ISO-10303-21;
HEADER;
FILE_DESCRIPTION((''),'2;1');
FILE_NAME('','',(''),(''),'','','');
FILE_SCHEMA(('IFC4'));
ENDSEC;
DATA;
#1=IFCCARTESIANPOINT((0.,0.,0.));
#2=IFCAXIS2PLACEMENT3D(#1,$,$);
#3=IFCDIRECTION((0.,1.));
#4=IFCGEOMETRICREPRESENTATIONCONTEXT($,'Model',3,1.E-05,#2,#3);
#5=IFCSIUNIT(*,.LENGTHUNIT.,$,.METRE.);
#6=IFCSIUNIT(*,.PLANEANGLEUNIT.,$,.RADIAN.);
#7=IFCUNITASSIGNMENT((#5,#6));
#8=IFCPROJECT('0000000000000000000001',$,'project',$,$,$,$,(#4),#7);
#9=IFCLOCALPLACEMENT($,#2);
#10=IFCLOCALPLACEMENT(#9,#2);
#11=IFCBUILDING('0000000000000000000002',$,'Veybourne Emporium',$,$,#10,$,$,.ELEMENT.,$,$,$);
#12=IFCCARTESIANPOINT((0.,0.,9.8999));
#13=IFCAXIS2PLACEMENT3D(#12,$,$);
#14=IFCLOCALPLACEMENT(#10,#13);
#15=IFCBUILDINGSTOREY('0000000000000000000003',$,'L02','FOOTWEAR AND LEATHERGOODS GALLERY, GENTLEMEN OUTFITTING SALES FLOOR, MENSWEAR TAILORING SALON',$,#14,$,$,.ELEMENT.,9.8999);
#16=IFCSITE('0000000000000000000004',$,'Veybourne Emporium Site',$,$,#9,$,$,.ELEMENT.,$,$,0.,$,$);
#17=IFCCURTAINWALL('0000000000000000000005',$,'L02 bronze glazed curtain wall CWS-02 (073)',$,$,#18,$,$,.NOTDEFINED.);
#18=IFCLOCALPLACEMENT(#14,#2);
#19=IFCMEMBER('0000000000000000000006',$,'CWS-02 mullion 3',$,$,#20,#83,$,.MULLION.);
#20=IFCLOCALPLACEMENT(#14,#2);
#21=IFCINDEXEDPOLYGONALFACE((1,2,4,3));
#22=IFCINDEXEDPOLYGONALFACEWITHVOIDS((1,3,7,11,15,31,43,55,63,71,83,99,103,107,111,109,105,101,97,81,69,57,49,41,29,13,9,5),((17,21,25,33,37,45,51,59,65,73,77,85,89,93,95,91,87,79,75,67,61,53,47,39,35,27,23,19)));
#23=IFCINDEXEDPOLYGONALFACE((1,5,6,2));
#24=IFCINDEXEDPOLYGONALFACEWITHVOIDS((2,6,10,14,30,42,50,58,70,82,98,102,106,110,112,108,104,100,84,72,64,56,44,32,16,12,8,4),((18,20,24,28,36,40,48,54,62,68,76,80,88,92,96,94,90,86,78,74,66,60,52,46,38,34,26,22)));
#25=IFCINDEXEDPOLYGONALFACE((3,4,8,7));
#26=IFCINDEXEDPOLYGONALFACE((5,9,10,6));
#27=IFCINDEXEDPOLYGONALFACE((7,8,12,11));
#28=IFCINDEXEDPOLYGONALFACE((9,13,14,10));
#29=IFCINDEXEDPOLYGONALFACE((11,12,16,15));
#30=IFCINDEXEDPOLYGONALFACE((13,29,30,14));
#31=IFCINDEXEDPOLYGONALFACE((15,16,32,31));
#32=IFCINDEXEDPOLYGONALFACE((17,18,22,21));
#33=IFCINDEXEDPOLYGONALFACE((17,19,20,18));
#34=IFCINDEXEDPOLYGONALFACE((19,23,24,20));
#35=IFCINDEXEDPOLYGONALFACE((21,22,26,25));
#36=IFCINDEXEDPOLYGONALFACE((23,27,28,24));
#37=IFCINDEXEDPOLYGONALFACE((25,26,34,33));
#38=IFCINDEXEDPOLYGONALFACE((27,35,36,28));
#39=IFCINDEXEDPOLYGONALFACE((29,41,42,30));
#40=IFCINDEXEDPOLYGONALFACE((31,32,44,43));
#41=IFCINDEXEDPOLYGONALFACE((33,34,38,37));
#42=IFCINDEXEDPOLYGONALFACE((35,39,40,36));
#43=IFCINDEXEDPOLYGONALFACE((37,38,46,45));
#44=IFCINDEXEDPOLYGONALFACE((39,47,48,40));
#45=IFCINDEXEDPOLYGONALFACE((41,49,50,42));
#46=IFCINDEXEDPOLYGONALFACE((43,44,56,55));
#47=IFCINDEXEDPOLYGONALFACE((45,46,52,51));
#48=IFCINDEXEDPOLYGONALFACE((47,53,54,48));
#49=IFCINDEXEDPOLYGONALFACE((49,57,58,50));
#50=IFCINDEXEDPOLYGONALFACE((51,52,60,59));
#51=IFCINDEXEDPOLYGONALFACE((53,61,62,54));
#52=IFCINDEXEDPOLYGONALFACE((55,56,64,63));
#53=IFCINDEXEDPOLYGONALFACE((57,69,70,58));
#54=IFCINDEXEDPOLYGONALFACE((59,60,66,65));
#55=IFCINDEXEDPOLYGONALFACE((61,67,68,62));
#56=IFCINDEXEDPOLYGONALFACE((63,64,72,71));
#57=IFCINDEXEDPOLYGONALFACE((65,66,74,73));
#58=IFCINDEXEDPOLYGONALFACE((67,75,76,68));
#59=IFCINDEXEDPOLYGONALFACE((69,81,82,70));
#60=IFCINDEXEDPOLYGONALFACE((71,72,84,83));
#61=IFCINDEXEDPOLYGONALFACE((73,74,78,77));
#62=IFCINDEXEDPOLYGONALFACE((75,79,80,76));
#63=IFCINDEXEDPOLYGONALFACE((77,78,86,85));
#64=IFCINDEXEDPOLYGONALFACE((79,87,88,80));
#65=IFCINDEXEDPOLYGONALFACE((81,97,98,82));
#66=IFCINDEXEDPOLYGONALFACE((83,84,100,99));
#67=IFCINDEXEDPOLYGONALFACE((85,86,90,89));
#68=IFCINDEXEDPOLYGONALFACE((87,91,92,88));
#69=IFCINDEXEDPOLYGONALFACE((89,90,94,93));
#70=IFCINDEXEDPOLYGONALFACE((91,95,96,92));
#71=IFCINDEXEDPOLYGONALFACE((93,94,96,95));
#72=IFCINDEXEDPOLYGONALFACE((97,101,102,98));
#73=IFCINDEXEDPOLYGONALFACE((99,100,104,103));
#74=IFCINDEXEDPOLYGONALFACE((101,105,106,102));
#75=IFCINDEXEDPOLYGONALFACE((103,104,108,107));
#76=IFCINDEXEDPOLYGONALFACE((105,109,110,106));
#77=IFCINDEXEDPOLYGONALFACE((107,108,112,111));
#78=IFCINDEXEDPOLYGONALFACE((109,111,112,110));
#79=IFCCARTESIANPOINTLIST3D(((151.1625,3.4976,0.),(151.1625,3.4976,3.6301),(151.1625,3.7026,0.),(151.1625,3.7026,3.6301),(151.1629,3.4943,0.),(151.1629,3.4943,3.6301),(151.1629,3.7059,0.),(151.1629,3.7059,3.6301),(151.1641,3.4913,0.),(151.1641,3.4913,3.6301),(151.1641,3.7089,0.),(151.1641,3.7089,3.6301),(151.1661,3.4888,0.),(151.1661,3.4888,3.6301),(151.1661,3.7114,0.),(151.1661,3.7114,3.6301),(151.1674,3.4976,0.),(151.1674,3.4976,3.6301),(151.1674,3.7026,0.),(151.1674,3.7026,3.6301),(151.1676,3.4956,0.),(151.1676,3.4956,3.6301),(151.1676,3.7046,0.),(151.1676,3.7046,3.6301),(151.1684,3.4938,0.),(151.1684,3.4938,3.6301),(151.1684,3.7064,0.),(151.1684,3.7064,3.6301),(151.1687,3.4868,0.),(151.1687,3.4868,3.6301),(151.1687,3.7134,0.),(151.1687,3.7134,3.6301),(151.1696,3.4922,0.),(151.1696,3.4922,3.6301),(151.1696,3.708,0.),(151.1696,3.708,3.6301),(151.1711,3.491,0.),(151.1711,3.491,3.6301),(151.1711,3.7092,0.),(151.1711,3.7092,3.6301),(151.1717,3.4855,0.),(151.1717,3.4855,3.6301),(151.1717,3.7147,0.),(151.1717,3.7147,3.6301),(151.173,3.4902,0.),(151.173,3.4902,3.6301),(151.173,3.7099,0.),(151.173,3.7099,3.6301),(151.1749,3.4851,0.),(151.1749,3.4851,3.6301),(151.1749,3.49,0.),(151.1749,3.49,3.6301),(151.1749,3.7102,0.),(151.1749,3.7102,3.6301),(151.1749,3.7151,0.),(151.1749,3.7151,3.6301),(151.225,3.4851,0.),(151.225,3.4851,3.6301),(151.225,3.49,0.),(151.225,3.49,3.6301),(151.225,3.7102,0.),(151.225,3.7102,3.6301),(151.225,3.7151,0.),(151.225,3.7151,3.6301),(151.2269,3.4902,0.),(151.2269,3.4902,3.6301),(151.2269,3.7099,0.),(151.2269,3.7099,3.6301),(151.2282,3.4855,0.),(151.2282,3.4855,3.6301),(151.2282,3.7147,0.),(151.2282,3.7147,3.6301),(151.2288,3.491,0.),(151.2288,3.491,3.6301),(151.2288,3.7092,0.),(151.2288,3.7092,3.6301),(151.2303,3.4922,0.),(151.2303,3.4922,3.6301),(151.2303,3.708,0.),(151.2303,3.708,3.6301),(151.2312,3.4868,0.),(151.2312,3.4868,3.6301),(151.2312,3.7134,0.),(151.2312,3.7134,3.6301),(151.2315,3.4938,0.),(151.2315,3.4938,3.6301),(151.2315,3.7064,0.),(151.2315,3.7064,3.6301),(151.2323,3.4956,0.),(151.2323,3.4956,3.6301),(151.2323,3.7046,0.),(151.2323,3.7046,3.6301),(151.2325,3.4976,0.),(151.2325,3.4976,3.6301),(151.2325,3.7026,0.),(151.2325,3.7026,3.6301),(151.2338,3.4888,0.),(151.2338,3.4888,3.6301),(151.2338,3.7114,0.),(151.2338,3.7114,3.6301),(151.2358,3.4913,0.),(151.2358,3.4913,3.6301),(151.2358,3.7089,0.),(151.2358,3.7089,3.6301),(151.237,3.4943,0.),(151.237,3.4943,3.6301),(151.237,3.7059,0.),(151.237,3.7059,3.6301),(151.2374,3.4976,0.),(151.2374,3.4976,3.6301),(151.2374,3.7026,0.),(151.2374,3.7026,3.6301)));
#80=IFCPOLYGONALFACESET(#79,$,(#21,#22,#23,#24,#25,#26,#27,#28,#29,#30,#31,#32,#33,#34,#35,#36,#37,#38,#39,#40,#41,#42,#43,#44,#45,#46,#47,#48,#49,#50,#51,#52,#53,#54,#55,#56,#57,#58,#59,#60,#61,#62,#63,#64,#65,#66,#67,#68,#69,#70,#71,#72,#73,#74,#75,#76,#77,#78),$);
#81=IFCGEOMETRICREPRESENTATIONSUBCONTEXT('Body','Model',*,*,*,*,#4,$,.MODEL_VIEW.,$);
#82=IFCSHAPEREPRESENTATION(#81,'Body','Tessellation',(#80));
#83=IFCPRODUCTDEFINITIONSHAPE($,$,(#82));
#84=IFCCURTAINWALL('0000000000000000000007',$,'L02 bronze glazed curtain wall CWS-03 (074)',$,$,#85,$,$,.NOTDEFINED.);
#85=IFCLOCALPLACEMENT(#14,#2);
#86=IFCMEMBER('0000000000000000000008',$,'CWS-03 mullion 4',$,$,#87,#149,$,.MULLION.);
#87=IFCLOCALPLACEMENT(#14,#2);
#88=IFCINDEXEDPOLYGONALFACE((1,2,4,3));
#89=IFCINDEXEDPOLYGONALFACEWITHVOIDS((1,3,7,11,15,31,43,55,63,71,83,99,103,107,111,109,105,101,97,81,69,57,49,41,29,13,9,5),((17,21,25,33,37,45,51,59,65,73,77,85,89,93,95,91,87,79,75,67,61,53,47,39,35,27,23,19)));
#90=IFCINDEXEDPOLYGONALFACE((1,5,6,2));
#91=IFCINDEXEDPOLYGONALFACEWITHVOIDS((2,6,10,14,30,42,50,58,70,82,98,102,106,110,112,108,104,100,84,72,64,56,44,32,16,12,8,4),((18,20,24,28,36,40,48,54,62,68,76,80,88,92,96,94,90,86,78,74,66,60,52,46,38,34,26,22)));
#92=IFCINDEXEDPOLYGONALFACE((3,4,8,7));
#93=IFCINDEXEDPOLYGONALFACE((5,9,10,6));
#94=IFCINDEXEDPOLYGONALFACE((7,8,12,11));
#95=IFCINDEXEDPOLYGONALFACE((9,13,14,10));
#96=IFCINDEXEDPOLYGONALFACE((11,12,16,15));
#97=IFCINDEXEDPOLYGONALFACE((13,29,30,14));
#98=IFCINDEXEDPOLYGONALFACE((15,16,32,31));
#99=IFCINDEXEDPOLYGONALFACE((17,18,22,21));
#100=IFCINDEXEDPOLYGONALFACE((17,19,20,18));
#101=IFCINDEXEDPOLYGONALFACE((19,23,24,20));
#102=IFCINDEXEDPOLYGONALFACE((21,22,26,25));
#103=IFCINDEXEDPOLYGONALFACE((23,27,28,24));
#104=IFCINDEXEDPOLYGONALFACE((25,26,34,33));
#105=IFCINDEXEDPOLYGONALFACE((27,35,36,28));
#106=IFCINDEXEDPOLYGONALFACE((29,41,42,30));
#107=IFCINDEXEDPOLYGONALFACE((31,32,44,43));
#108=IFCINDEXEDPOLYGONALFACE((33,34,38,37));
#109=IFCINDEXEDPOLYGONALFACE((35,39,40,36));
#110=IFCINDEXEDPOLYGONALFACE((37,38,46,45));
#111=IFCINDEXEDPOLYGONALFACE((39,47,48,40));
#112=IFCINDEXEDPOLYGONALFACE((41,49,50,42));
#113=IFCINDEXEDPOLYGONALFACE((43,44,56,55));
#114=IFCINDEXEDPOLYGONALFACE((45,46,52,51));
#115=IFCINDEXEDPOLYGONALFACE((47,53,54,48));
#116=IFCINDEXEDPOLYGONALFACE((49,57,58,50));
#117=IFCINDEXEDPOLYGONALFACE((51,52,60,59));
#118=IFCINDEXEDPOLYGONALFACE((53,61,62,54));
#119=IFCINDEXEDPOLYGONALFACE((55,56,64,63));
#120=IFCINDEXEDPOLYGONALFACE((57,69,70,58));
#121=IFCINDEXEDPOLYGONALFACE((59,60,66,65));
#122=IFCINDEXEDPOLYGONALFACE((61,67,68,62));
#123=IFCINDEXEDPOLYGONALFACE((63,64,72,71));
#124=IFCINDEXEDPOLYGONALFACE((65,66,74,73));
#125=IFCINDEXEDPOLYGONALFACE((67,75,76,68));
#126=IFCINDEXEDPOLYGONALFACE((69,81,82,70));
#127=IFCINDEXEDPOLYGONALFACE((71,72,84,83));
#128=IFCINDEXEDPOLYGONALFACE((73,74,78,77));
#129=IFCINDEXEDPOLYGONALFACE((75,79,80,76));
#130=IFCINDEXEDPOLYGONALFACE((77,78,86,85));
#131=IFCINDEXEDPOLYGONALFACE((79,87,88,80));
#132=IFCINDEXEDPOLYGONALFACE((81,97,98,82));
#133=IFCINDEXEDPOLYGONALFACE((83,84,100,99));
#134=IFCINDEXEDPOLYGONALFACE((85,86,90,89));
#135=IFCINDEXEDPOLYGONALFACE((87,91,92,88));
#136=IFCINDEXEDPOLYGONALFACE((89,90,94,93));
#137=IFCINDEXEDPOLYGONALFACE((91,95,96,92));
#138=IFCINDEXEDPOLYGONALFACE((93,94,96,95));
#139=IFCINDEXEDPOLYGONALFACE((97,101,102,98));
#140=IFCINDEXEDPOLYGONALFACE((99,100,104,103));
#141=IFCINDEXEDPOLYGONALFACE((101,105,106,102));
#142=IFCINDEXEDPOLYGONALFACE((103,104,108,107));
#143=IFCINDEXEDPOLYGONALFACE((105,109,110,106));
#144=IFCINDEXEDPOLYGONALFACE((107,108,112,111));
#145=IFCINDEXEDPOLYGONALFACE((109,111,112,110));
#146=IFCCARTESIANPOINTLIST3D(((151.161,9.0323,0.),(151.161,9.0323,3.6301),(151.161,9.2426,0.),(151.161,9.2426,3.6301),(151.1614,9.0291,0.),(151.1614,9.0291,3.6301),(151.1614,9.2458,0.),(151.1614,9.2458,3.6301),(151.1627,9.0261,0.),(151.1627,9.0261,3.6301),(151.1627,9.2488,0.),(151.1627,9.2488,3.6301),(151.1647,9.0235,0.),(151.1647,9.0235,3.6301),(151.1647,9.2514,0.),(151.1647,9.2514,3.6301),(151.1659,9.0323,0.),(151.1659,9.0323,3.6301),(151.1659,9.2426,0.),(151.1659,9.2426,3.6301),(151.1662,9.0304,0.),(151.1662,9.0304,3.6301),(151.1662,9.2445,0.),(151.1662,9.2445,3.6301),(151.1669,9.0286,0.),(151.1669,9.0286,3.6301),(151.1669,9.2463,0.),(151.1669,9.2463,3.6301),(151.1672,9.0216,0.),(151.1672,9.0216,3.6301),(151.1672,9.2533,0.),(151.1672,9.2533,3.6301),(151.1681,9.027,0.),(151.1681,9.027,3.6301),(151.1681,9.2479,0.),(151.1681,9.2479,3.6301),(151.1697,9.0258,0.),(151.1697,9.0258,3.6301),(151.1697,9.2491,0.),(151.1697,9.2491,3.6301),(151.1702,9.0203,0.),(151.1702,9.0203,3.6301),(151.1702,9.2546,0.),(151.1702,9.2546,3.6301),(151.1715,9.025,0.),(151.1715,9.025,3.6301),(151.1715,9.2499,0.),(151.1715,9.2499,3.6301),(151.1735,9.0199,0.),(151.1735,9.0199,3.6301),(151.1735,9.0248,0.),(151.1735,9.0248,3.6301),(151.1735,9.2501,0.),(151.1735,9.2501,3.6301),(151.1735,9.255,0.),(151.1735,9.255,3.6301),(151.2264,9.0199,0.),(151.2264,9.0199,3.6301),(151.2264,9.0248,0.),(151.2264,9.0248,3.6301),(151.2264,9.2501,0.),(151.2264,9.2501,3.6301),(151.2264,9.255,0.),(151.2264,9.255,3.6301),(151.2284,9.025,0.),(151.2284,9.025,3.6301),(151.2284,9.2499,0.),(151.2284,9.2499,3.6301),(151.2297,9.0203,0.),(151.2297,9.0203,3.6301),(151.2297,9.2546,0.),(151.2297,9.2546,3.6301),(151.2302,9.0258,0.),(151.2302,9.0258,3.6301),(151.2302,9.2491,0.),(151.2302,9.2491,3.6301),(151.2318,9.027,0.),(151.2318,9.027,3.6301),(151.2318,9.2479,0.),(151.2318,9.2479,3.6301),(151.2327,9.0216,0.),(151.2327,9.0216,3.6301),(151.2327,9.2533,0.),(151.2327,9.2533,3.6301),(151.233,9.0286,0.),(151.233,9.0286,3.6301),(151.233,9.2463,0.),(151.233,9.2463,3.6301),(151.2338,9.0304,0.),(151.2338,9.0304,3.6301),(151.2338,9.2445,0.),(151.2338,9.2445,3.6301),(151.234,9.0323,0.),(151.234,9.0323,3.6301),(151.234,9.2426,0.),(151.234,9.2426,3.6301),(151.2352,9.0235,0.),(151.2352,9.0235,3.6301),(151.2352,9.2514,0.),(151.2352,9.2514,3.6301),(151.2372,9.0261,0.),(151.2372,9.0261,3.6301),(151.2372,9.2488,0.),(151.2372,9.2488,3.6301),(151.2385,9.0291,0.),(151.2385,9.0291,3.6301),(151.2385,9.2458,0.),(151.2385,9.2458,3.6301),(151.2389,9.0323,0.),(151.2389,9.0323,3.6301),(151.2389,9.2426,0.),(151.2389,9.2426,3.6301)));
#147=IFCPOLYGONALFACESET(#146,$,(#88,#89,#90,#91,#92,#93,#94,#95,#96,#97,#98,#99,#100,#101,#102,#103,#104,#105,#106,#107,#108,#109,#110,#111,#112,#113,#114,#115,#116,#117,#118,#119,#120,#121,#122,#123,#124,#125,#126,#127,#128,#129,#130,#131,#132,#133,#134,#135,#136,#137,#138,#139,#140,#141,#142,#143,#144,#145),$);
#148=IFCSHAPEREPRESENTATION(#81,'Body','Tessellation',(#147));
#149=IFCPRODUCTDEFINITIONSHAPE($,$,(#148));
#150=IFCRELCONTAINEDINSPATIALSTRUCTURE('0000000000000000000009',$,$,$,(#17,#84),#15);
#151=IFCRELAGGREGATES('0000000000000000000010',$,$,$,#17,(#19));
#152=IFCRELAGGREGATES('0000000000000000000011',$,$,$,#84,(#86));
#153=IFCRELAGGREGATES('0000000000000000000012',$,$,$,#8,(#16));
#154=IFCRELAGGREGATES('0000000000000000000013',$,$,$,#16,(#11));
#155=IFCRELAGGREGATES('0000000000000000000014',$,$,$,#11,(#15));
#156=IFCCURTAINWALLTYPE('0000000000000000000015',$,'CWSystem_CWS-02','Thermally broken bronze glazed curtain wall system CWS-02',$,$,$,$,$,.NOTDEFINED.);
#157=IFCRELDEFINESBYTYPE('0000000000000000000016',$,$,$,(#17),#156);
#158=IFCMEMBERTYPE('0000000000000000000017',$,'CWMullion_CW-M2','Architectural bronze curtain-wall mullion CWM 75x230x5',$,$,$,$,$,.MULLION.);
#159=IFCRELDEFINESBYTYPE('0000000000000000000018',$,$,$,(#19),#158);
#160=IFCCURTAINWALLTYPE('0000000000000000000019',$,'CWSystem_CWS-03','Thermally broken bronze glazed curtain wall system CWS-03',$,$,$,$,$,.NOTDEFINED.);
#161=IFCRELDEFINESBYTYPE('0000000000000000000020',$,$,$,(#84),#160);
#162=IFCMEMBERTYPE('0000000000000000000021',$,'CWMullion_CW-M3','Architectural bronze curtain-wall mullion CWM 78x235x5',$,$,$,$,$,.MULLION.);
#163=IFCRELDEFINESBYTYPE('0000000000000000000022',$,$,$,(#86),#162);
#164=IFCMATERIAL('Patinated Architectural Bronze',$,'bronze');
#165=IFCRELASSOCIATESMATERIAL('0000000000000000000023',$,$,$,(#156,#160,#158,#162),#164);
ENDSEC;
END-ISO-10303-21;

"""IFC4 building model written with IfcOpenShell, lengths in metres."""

from ifc_helpers import new_model, si_unit, direction, frame, origin, origin_2d, place, context, subcontext, project, spatial, hollow_rectangle, extrude, material, material_profile, profile_set, type_object, element, aggregate, save


model = new_model("IFC4")

# Units and contexts
model_context = context("Model", 3, precision=1e-05, world=origin(), true_north=direction((0.0, 1.0)))
body_context = subcontext(model_context, "Body", "Model", "MODEL_VIEW")
ifc_project = project(units=[si_unit("LENGTHUNIT", "METRE"), si_unit("PLANEANGLEUNIT", "RADIAN")], contexts=[model_context])

# Site, building, storey
site_placement = place(None, origin())
site = spatial("IfcSite", under=ifc_project, at=site_placement, Name="Veybourne Emporium Site", CompositionType="ELEMENT", RefElevation=0.0)
building_placement = place(site_placement, origin())
building = spatial("IfcBuilding", under=site, at=building_placement, Name="Veybourne Emporium", CompositionType="ELEMENT")
storey_placement = place(building_placement, frame((0.0, 0.0, 9.8999)))
storey = spatial("IfcBuildingStorey", under=building, at=storey_placement, Name="L02", Description="FOOTWEAR AND LEATHERGOODS GALLERY, GENTLEMEN OUTFITTING SALES FLOOR, MENSWEAR TAILORING SALON", CompositionType="ELEMENT", Elevation=9.8999)

# Curtain walls, members
ifc_material_1 = material(Name="Patinated Architectural Bronze", Category="bronze")
curtain_wall_type_1 = type_object("IfcCurtainWallType", Name="CWSystem_CWS-02", Description="Thermally broken bronze glazed curtain wall system CWS-02", PredefinedType="NOTDEFINED", material=ifc_material_1)
curtain_wall_1_placement = place(storey_placement, origin())
curtain_wall_1 = element("IfcCurtainWall", 1, at=curtain_wall_1_placement, inside=storey, type_object=curtain_wall_type_1, Name="L02 bronze glazed curtain wall CWS-02 (073)", PredefinedType="NOTDEFINED")
ifc_material_profile_1 = material_profile(ifc_material_1, hollow_rectangle(XDim=0.075, YDim=0.23, WallThickness=0.0049, InnerFilletRadius=0.0076, OuterFilletRadius=0.0125, at=origin_2d()), Name="CWM 75x230x5")
ifc_profile_set_1 = profile_set([ifc_material_profile_1], Name="Patinated Architectural Bronze")
member_type_1 = type_object("IfcMemberType", Name="CWMullion_CW-M2", Description="Architectural bronze curtain-wall mullion CWM 75x230x5", PredefinedType="MULLION", material=ifc_profile_set_1)
member_1_placement = place(storey_placement, frame((151.2, 3.6001, 0.0), z_axis=(0.0, 0.0, 1.0), x_axis=(1.0, 0.0, 0.0)))
member_1 = element("IfcMember", 2, at=member_1_placement, type_object=member_type_1, Name="CWS-02 mullion 3", PredefinedType="MULLION", context=body_context, shape_type="SweptSolid", body=[
    extrude(hollow_rectangle(XDim=0.075, YDim=0.23, WallThickness=0.0049, InnerFilletRadius=0.0076, OuterFilletRadius=0.0125, at=origin_2d()), origin(), (0.0, 0.0, 1.0), 3.6301),
])
curtain_wall_type_2 = type_object("IfcCurtainWallType", Name="CWSystem_CWS-03", Description="Thermally broken bronze glazed curtain wall system CWS-03", PredefinedType="NOTDEFINED", material=ifc_material_1)
curtain_wall_2_placement = place(storey_placement, origin())
curtain_wall_2 = element("IfcCurtainWall", 3, at=curtain_wall_2_placement, inside=storey, type_object=curtain_wall_type_2, Name="L02 bronze glazed curtain wall CWS-03 (074)", PredefinedType="NOTDEFINED")
ifc_material_profile_2 = material_profile(ifc_material_1, hollow_rectangle(XDim=0.0779, YDim=0.2351, WallThickness=0.0049, InnerFilletRadius=0.0076, OuterFilletRadius=0.0125, at=origin_2d()), Name="CWM 78x235x5")
ifc_profile_set_2 = profile_set([ifc_material_profile_2], Name="Patinated Architectural Bronze")
member_type_2 = type_object("IfcMemberType", Name="CWMullion_CW-M3", Description="Architectural bronze curtain-wall mullion CWM 78x235x5", PredefinedType="MULLION", material=ifc_profile_set_2)
member_2_placement = place(storey_placement, frame((151.2, 9.1375, 0.0), z_axis=(0.0, 0.0, 1.0), x_axis=(1.0, 0.0, 0.0)))
member_2 = element("IfcMember", 4, at=member_2_placement, type_object=member_type_2, Name="CWS-03 mullion 4", PredefinedType="MULLION", context=body_context, shape_type="SweptSolid", body=[
    extrude(hollow_rectangle(XDim=0.0779, YDim=0.2351, WallThickness=0.0049, InnerFilletRadius=0.0076, OuterFilletRadius=0.0125, at=origin_2d()), origin(), (0.0, 0.0, 1.0), 3.6301),
])

aggregate(curtain_wall_1, [member_1])
aggregate(curtain_wall_2, [member_2])

save(model, "model.ifc")
